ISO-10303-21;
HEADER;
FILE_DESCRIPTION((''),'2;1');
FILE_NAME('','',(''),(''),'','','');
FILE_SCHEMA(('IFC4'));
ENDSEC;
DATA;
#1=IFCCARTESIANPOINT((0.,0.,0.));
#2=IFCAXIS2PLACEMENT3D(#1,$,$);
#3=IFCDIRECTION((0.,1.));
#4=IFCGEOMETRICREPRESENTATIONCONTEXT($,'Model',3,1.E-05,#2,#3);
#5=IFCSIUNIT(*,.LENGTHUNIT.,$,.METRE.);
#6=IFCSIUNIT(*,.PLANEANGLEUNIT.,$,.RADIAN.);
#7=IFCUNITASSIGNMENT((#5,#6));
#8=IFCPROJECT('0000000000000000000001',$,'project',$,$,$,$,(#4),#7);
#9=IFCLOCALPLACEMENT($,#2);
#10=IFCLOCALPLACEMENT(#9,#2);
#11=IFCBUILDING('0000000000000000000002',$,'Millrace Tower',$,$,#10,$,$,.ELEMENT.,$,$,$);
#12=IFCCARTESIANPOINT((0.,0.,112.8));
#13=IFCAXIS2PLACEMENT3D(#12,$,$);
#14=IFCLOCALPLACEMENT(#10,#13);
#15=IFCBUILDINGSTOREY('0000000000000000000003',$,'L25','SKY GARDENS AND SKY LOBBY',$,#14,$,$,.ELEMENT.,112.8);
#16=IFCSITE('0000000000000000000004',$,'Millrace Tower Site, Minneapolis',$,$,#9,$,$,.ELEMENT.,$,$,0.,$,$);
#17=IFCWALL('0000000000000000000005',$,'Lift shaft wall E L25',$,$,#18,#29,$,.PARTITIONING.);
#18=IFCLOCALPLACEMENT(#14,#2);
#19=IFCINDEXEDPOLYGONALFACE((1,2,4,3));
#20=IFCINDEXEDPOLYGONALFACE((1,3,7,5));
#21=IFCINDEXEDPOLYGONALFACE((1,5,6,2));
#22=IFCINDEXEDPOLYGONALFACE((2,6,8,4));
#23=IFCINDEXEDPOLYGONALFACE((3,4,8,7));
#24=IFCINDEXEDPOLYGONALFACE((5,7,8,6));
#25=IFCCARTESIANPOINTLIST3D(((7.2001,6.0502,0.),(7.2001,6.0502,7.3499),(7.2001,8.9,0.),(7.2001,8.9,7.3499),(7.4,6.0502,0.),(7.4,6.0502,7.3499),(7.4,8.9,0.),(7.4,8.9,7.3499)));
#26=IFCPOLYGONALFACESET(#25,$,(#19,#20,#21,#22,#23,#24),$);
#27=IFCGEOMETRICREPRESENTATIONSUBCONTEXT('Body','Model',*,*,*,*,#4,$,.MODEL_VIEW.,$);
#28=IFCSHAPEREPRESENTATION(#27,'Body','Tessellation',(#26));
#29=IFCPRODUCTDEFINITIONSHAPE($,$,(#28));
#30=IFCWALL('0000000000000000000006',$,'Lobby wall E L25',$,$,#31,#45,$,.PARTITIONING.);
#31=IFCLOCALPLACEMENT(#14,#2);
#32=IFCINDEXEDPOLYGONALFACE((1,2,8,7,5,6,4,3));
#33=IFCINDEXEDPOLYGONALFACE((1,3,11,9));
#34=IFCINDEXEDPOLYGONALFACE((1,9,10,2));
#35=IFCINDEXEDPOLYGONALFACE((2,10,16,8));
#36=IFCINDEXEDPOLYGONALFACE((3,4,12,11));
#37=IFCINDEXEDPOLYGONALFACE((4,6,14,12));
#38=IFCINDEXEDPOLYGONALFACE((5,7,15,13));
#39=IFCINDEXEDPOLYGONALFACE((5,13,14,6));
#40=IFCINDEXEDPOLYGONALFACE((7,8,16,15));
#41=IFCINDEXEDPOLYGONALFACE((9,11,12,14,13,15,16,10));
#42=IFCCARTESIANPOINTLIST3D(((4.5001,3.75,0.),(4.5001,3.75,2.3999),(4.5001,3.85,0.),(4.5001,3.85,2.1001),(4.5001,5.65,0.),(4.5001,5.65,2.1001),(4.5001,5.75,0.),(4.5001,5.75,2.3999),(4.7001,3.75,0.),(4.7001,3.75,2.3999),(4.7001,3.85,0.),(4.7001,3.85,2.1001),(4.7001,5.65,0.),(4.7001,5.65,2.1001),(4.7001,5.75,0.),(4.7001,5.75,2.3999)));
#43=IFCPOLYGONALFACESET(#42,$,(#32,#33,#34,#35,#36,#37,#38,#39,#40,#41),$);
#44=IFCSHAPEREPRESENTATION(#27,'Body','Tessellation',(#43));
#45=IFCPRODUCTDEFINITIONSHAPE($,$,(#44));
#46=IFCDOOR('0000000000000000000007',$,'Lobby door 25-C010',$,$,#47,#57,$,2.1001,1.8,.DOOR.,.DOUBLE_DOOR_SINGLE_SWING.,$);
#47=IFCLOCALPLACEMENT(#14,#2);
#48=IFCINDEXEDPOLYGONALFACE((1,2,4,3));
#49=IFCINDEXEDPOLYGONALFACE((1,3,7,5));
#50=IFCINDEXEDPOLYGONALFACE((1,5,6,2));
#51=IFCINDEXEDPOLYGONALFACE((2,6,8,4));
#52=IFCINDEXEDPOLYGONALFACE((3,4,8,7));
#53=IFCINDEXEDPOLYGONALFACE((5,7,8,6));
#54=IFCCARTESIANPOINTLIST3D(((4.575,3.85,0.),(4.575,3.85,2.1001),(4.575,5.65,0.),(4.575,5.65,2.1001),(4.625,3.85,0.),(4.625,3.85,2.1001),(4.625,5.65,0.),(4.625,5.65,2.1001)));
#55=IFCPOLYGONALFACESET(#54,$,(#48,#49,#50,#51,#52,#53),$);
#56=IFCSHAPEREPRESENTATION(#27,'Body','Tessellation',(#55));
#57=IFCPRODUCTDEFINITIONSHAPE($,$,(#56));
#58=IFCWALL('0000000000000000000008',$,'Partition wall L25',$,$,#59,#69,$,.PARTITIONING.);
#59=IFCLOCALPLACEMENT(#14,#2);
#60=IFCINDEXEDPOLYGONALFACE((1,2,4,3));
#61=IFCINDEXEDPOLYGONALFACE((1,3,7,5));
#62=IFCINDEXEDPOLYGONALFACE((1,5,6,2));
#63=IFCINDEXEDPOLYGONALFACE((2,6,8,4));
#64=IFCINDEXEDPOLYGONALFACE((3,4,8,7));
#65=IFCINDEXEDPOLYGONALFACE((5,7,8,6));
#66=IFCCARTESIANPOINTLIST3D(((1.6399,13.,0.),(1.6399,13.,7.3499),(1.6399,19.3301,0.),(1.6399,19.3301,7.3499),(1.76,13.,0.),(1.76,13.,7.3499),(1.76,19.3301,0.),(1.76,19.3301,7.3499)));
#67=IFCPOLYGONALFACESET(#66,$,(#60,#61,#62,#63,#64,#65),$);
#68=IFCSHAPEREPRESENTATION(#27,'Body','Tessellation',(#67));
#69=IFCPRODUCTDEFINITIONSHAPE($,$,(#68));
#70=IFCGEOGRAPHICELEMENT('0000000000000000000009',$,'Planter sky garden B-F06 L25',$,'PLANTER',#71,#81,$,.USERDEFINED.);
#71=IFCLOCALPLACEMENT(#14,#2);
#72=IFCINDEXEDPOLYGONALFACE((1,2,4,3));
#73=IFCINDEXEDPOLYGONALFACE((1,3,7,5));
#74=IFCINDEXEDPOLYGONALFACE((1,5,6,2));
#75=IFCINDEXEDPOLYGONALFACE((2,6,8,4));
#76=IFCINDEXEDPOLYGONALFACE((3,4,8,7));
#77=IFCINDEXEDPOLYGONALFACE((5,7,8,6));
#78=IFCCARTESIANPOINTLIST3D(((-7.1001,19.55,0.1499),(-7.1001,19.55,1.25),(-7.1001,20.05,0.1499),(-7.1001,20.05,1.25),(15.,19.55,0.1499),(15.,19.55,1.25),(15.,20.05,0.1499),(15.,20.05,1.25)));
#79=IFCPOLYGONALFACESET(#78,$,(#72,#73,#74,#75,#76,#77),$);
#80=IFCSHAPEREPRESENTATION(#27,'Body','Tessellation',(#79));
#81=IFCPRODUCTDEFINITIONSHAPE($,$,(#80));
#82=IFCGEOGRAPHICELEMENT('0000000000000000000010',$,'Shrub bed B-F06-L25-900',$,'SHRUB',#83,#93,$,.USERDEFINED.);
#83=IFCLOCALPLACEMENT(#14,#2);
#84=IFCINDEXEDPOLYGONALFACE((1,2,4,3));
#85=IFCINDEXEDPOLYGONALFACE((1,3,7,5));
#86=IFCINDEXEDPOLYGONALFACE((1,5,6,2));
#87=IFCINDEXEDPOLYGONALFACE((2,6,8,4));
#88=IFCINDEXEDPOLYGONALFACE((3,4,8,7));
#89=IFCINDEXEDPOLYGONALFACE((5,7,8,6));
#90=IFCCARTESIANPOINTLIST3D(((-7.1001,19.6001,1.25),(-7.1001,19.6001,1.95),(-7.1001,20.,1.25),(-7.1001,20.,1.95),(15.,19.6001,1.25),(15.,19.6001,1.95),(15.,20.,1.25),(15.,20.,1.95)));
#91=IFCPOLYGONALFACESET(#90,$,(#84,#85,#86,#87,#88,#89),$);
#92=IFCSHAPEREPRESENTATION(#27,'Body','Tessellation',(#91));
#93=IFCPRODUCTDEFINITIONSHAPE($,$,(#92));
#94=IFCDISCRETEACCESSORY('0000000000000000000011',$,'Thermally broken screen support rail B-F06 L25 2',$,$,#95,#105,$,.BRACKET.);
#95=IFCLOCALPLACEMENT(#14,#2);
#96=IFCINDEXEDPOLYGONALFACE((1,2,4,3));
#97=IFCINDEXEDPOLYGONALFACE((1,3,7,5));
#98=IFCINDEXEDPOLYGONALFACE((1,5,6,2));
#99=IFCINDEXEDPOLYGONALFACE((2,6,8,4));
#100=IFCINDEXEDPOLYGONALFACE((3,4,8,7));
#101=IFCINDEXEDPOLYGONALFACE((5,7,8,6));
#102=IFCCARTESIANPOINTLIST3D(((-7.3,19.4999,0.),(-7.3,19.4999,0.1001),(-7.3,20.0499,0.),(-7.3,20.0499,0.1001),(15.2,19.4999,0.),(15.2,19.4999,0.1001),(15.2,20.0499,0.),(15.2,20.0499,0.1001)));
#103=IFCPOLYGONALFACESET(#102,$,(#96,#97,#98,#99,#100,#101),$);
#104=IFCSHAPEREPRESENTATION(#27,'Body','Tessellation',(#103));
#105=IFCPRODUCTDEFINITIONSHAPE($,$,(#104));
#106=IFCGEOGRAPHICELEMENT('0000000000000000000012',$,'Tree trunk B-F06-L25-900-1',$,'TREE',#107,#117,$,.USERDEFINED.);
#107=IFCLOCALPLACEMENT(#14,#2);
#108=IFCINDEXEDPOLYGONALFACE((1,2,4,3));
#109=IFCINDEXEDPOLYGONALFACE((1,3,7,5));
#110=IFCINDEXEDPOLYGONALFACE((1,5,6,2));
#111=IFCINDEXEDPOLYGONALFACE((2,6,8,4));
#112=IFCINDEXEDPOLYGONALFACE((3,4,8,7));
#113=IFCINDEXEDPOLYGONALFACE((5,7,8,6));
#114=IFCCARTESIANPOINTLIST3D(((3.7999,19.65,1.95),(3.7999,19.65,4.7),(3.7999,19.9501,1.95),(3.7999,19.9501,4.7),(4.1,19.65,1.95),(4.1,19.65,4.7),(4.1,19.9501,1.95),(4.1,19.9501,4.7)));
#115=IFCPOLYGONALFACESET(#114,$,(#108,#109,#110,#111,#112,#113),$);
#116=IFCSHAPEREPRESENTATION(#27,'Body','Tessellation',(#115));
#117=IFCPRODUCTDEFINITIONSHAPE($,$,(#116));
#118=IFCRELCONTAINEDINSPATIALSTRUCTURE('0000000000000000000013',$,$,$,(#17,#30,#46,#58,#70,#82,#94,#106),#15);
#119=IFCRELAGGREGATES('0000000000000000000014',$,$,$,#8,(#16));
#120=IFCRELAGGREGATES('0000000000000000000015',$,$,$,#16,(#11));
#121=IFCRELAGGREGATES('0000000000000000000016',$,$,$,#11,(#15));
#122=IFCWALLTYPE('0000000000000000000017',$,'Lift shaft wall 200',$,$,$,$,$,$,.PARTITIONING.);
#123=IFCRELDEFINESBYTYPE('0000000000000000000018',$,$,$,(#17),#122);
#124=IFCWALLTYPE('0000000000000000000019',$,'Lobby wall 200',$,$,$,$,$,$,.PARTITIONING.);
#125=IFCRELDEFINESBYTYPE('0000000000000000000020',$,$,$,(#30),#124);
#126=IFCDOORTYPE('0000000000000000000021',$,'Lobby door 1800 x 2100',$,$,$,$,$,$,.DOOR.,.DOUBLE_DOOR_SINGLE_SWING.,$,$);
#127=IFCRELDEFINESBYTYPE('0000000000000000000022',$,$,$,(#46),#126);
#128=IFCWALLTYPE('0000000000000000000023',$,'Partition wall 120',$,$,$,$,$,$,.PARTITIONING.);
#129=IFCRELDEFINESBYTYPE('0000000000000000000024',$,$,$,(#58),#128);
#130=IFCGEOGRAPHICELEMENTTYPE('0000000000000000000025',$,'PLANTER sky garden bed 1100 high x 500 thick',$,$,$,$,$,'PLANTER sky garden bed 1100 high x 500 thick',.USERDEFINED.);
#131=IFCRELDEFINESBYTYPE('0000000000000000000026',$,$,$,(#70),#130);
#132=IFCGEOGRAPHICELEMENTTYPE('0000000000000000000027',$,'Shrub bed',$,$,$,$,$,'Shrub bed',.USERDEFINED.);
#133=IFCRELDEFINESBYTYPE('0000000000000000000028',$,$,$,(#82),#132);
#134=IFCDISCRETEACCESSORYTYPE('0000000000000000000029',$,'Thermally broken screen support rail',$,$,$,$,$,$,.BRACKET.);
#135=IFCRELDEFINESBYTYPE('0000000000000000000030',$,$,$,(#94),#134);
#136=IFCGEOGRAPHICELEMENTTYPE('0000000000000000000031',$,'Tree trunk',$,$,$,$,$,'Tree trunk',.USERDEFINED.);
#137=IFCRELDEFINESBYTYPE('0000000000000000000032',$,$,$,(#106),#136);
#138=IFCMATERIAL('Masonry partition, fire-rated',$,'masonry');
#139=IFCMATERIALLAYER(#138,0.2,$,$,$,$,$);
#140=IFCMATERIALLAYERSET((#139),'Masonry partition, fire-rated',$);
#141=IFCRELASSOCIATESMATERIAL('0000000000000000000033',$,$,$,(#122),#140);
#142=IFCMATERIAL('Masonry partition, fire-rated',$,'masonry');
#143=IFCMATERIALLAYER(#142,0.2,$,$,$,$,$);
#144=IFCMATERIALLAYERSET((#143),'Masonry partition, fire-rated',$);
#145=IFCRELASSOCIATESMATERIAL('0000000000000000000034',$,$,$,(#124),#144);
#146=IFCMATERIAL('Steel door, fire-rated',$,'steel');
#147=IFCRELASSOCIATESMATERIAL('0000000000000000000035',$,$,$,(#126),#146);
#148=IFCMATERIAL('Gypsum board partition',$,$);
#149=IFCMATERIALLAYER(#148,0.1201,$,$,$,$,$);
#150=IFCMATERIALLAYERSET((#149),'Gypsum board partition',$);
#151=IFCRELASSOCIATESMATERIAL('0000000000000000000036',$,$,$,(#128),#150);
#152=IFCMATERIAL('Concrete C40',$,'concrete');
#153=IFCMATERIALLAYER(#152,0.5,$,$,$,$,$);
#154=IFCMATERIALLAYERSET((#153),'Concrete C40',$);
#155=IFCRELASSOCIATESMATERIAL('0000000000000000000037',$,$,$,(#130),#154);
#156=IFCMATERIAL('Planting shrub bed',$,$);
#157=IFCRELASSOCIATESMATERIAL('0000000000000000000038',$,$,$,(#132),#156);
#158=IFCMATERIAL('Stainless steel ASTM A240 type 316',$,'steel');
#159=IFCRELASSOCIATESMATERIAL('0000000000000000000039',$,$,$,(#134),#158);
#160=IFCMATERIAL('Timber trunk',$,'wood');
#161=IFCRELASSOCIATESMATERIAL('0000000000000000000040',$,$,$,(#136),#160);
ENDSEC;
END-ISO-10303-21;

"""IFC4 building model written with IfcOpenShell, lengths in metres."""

from ifc_helpers import new_model, si_unit, direction, frame, frame_2d, origin, origin_2d, place, context, subcontext, project, spatial, rectangle, extrude, material, layer, layer_set, type_object, element, fill, save


model = new_model("IFC4")

# Units and contexts
model_context = context("Model", 3, precision=1e-05, world=origin(), true_north=direction((0.0, 1.0)))
body_context = subcontext(model_context, "Body", "Model", "MODEL_VIEW")
ifc_project = project(units=[si_unit("LENGTHUNIT", "METRE"), si_unit("PLANEANGLEUNIT", "RADIAN")], contexts=[model_context])

# Site, building, storey
site_placement = place(None, origin())
site = spatial("IfcSite", under=ifc_project, at=site_placement, Name="Millrace Tower Site, Minneapolis", CompositionType="ELEMENT", RefElevation=0.0)
building_placement = place(site_placement, origin())
building = spatial("IfcBuilding", under=site, at=building_placement, Name="Millrace Tower", CompositionType="ELEMENT")
storey_placement = place(building_placement, frame((0.0, 0.0, 112.8)))
storey = spatial("IfcBuildingStorey", under=building, at=storey_placement, Name="L25", Description="SKY GARDENS AND SKY LOBBY", CompositionType="ELEMENT", Elevation=112.8)

# Wall
ifc_material_1 = material(Name="Masonry partition, fire-rated", Category="masonry")
ifc_layer_1 = layer(ifc_material_1, 0.2)
ifc_layer_set_1 = layer_set([ifc_layer_1], Name="Masonry partition, fire-rated")
wall_type_1 = type_object("IfcWallType", Name="Lift shaft wall 200", PredefinedType="PARTITIONING", material=ifc_layer_set_1)
wall_1_placement = place(storey_placement, frame((7.3, 8.8999, 0.0), z_axis=(0.0, 0.0, 1.0), x_axis=(0.0, -1.0, 0.0)))
element("IfcWall", 1, at=wall_1_placement, inside=storey, type_object=wall_type_1, Name="Lift shaft wall E L25", PredefinedType="PARTITIONING", context=body_context, shape_type="SweptSolid", body=[
    extrude(rectangle(XDim=2.8499, YDim=0.2, at=frame_2d((1.4248, 0.0))), origin(), (0.0, 0.0, 1.0), 7.3499),
])

# Wall, opening, door
ifc_material_2 = material(Name="Masonry partition, fire-rated", Category="masonry")
ifc_layer_2 = layer(ifc_material_2, 0.2)
ifc_layer_set_2 = layer_set([ifc_layer_2], Name="Masonry partition, fire-rated")
wall_type_2 = type_object("IfcWallType", Name="Lobby wall 200", PredefinedType="PARTITIONING", material=ifc_layer_set_2)
wall_2_placement = place(storey_placement, frame((4.6001, 5.75, 0.0), z_axis=(0.0, 0.0, 1.0), x_axis=(0.0, -1.0, 0.0)))
wall_2 = element("IfcWall", 2, at=wall_2_placement, inside=storey, type_object=wall_type_2, Name="Lobby wall E L25", PredefinedType="PARTITIONING", context=body_context, shape_type="SweptSolid", body=[
    extrude(rectangle(XDim=2.0, YDim=0.2, at=frame_2d((1.0, 0.0))), origin(), (0.0, 0.0, 1.0), 2.3999),
])
opening_1_placement = place(wall_2_placement, frame((0.1001, 0.0, 0.0)))
opening_1 = element("IfcOpeningElement", 3, at=opening_1_placement, cuts=wall_2, PredefinedType="OPENING", context=body_context, shape_type="SweptSolid", body=[
    extrude(rectangle(XDim=1.8, YDim=2.1001, at=frame_2d((0.8999, 1.05))), frame((0.0, 0.1099, 0.0), z_axis=(0.0, -1.0, 0.0), x_axis=(1.0, 0.0, 0.0)), (0.0, 0.0, 1.0), 0.22),
])
ifc_material_3 = material(Name="Steel door, fire-rated", Category="steel")
door_type_1 = type_object("IfcDoorType", Name="Lobby door 1800 x 2100", OperationType="DOUBLE_DOOR_SINGLE_SWING", PredefinedType="DOOR", material=ifc_material_3)
door_1_placement = place(opening_1_placement, origin())
door_1 = element("IfcDoor", 4, at=door_1_placement, inside=storey, type_object=door_type_1, Name="Lobby door 25-C010", OperationType="DOUBLE_DOOR_SINGLE_SWING", OverallHeight=2.1001, OverallWidth=1.8, PredefinedType="DOOR", context=body_context, shape_type="SweptSolid", body=[
    extrude(rectangle(XDim=1.8, YDim=2.1001, at=frame_2d((0.8999, 1.05))), frame((0.0, 0.0249, 0.0), z_axis=(0.0, -1.0, 0.0), x_axis=(1.0, 0.0, 0.0)), (0.0, 0.0, 1.0), 0.05),
])
fill(opening_1, door_1)

# Wall
ifc_material_4 = material(Name="Gypsum board partition")
ifc_layer_3 = layer(ifc_material_4, 0.1201)
ifc_layer_set_3 = layer_set([ifc_layer_3], Name="Gypsum board partition")
wall_type_3 = type_object("IfcWallType", Name="Partition wall 120", PredefinedType="PARTITIONING", material=ifc_layer_set_3)
wall_3_placement = place(storey_placement, frame((1.7, 13.0, 0.0), z_axis=(0.0, 0.0, 1.0), x_axis=(0.0, 1.0, 0.0)))
element("IfcWall", 5, at=wall_3_placement, inside=storey, type_object=wall_type_3, Name="Partition wall L25", PredefinedType="PARTITIONING", context=body_context, shape_type="SweptSolid", body=[
    extrude(rectangle(XDim=6.3301, YDim=0.1201, at=frame_2d((3.165, 0.0))), origin(), (0.0, 0.0, 1.0), 7.3499),
])

# Geographic elements
ifc_material_5 = material(Name="Concrete C40", Category="concrete")
ifc_layer_4 = layer(ifc_material_5, 0.5)
ifc_layer_set_4 = layer_set([ifc_layer_4], Name="Concrete C40")
geographic_element_type_1 = type_object("IfcGeographicElementType", Name="PLANTER sky garden bed 1100 high x 500 thick", ElementType="PLANTER sky garden bed 1100 high x 500 thick", PredefinedType="USERDEFINED", material=ifc_layer_set_4)
geographic_element_1_placement = place(storey_placement, frame((3.95, 19.8, 0.1499), z_axis=(0.0, 0.0, 1.0), x_axis=(-1.0, 0.0, 0.0)))
element("IfcGeographicElement", 6, at=geographic_element_1_placement, inside=storey, type_object=geographic_element_type_1, Name="Planter sky garden B-F06 L25", ObjectType="PLANTER", PredefinedType="USERDEFINED", context=body_context, shape_type="SweptSolid", body=[
    extrude(rectangle(XDim=22.1001, YDim=0.5, at=origin_2d()), origin(), (0.0, 0.0, 1.0), 1.1001),
])
ifc_material_6 = material(Name="Planting shrub bed")
geographic_element_type_2 = type_object("IfcGeographicElementType", Name="Shrub bed", ElementType="Shrub bed", PredefinedType="USERDEFINED", material=ifc_material_6)
geographic_element_2_placement = place(storey_placement, frame((3.95, 19.8, 1.25), z_axis=(0.0, 0.0, 1.0), x_axis=(-1.0, 0.0, 0.0)))
element("IfcGeographicElement", 7, at=geographic_element_2_placement, inside=storey, type_object=geographic_element_type_2, Name="Shrub bed B-F06-L25-900", ObjectType="SHRUB", PredefinedType="USERDEFINED", context=body_context, shape_type="SweptSolid", body=[
    extrude(rectangle(XDim=22.1001, YDim=0.3999, at=origin_2d()), origin(), (0.0, 0.0, 1.0), 0.7),
])

# Discrete accessory
ifc_material_7 = material(Name="Stainless steel ASTM A240 type 316", Category="steel")
discrete_accessory_type = type_object("IfcDiscreteAccessoryType", Name="Thermally broken screen support rail", PredefinedType="BRACKET", material=ifc_material_7)
discrete_accessory_placement = place(storey_placement, frame((3.95, 19.7749, 0.0), z_axis=(0.0, 0.0, 1.0), x_axis=(-1.0, 0.0, 0.0)))
element("IfcDiscreteAccessory", 8, at=discrete_accessory_placement, inside=storey, type_object=discrete_accessory_type, Name="Thermally broken screen support rail B-F06 L25 2", PredefinedType="BRACKET", context=body_context, shape_type="SweptSolid", body=[
    extrude(rectangle(XDim=22.5, YDim=0.55, at=origin_2d()), origin(), (0.0, 0.0, 1.0), 0.1001),
])

# Geographic element
ifc_material_8 = material(Name="Timber trunk", Category="wood")
geographic_element_type_3 = type_object("IfcGeographicElementType", Name="Tree trunk", ElementType="Tree trunk", PredefinedType="USERDEFINED", material=ifc_material_8)
geographic_element_3_placement = place(storey_placement, frame((3.95, 19.8, 1.95), z_axis=(0.0, 0.0, 1.0), x_axis=(1.0, 0.0, 0.0)))
element("IfcGeographicElement", 9, at=geographic_element_3_placement, inside=storey, type_object=geographic_element_type_3, Name="Tree trunk B-F06-L25-900-1", ObjectType="TREE", PredefinedType="USERDEFINED", context=body_context, shape_type="SweptSolid", body=[
    extrude(rectangle(XDim=0.3, YDim=0.3, at=origin_2d()), origin(), (0.0, 0.0, 1.0), 2.75),
])

save(model, "model.ifc")
